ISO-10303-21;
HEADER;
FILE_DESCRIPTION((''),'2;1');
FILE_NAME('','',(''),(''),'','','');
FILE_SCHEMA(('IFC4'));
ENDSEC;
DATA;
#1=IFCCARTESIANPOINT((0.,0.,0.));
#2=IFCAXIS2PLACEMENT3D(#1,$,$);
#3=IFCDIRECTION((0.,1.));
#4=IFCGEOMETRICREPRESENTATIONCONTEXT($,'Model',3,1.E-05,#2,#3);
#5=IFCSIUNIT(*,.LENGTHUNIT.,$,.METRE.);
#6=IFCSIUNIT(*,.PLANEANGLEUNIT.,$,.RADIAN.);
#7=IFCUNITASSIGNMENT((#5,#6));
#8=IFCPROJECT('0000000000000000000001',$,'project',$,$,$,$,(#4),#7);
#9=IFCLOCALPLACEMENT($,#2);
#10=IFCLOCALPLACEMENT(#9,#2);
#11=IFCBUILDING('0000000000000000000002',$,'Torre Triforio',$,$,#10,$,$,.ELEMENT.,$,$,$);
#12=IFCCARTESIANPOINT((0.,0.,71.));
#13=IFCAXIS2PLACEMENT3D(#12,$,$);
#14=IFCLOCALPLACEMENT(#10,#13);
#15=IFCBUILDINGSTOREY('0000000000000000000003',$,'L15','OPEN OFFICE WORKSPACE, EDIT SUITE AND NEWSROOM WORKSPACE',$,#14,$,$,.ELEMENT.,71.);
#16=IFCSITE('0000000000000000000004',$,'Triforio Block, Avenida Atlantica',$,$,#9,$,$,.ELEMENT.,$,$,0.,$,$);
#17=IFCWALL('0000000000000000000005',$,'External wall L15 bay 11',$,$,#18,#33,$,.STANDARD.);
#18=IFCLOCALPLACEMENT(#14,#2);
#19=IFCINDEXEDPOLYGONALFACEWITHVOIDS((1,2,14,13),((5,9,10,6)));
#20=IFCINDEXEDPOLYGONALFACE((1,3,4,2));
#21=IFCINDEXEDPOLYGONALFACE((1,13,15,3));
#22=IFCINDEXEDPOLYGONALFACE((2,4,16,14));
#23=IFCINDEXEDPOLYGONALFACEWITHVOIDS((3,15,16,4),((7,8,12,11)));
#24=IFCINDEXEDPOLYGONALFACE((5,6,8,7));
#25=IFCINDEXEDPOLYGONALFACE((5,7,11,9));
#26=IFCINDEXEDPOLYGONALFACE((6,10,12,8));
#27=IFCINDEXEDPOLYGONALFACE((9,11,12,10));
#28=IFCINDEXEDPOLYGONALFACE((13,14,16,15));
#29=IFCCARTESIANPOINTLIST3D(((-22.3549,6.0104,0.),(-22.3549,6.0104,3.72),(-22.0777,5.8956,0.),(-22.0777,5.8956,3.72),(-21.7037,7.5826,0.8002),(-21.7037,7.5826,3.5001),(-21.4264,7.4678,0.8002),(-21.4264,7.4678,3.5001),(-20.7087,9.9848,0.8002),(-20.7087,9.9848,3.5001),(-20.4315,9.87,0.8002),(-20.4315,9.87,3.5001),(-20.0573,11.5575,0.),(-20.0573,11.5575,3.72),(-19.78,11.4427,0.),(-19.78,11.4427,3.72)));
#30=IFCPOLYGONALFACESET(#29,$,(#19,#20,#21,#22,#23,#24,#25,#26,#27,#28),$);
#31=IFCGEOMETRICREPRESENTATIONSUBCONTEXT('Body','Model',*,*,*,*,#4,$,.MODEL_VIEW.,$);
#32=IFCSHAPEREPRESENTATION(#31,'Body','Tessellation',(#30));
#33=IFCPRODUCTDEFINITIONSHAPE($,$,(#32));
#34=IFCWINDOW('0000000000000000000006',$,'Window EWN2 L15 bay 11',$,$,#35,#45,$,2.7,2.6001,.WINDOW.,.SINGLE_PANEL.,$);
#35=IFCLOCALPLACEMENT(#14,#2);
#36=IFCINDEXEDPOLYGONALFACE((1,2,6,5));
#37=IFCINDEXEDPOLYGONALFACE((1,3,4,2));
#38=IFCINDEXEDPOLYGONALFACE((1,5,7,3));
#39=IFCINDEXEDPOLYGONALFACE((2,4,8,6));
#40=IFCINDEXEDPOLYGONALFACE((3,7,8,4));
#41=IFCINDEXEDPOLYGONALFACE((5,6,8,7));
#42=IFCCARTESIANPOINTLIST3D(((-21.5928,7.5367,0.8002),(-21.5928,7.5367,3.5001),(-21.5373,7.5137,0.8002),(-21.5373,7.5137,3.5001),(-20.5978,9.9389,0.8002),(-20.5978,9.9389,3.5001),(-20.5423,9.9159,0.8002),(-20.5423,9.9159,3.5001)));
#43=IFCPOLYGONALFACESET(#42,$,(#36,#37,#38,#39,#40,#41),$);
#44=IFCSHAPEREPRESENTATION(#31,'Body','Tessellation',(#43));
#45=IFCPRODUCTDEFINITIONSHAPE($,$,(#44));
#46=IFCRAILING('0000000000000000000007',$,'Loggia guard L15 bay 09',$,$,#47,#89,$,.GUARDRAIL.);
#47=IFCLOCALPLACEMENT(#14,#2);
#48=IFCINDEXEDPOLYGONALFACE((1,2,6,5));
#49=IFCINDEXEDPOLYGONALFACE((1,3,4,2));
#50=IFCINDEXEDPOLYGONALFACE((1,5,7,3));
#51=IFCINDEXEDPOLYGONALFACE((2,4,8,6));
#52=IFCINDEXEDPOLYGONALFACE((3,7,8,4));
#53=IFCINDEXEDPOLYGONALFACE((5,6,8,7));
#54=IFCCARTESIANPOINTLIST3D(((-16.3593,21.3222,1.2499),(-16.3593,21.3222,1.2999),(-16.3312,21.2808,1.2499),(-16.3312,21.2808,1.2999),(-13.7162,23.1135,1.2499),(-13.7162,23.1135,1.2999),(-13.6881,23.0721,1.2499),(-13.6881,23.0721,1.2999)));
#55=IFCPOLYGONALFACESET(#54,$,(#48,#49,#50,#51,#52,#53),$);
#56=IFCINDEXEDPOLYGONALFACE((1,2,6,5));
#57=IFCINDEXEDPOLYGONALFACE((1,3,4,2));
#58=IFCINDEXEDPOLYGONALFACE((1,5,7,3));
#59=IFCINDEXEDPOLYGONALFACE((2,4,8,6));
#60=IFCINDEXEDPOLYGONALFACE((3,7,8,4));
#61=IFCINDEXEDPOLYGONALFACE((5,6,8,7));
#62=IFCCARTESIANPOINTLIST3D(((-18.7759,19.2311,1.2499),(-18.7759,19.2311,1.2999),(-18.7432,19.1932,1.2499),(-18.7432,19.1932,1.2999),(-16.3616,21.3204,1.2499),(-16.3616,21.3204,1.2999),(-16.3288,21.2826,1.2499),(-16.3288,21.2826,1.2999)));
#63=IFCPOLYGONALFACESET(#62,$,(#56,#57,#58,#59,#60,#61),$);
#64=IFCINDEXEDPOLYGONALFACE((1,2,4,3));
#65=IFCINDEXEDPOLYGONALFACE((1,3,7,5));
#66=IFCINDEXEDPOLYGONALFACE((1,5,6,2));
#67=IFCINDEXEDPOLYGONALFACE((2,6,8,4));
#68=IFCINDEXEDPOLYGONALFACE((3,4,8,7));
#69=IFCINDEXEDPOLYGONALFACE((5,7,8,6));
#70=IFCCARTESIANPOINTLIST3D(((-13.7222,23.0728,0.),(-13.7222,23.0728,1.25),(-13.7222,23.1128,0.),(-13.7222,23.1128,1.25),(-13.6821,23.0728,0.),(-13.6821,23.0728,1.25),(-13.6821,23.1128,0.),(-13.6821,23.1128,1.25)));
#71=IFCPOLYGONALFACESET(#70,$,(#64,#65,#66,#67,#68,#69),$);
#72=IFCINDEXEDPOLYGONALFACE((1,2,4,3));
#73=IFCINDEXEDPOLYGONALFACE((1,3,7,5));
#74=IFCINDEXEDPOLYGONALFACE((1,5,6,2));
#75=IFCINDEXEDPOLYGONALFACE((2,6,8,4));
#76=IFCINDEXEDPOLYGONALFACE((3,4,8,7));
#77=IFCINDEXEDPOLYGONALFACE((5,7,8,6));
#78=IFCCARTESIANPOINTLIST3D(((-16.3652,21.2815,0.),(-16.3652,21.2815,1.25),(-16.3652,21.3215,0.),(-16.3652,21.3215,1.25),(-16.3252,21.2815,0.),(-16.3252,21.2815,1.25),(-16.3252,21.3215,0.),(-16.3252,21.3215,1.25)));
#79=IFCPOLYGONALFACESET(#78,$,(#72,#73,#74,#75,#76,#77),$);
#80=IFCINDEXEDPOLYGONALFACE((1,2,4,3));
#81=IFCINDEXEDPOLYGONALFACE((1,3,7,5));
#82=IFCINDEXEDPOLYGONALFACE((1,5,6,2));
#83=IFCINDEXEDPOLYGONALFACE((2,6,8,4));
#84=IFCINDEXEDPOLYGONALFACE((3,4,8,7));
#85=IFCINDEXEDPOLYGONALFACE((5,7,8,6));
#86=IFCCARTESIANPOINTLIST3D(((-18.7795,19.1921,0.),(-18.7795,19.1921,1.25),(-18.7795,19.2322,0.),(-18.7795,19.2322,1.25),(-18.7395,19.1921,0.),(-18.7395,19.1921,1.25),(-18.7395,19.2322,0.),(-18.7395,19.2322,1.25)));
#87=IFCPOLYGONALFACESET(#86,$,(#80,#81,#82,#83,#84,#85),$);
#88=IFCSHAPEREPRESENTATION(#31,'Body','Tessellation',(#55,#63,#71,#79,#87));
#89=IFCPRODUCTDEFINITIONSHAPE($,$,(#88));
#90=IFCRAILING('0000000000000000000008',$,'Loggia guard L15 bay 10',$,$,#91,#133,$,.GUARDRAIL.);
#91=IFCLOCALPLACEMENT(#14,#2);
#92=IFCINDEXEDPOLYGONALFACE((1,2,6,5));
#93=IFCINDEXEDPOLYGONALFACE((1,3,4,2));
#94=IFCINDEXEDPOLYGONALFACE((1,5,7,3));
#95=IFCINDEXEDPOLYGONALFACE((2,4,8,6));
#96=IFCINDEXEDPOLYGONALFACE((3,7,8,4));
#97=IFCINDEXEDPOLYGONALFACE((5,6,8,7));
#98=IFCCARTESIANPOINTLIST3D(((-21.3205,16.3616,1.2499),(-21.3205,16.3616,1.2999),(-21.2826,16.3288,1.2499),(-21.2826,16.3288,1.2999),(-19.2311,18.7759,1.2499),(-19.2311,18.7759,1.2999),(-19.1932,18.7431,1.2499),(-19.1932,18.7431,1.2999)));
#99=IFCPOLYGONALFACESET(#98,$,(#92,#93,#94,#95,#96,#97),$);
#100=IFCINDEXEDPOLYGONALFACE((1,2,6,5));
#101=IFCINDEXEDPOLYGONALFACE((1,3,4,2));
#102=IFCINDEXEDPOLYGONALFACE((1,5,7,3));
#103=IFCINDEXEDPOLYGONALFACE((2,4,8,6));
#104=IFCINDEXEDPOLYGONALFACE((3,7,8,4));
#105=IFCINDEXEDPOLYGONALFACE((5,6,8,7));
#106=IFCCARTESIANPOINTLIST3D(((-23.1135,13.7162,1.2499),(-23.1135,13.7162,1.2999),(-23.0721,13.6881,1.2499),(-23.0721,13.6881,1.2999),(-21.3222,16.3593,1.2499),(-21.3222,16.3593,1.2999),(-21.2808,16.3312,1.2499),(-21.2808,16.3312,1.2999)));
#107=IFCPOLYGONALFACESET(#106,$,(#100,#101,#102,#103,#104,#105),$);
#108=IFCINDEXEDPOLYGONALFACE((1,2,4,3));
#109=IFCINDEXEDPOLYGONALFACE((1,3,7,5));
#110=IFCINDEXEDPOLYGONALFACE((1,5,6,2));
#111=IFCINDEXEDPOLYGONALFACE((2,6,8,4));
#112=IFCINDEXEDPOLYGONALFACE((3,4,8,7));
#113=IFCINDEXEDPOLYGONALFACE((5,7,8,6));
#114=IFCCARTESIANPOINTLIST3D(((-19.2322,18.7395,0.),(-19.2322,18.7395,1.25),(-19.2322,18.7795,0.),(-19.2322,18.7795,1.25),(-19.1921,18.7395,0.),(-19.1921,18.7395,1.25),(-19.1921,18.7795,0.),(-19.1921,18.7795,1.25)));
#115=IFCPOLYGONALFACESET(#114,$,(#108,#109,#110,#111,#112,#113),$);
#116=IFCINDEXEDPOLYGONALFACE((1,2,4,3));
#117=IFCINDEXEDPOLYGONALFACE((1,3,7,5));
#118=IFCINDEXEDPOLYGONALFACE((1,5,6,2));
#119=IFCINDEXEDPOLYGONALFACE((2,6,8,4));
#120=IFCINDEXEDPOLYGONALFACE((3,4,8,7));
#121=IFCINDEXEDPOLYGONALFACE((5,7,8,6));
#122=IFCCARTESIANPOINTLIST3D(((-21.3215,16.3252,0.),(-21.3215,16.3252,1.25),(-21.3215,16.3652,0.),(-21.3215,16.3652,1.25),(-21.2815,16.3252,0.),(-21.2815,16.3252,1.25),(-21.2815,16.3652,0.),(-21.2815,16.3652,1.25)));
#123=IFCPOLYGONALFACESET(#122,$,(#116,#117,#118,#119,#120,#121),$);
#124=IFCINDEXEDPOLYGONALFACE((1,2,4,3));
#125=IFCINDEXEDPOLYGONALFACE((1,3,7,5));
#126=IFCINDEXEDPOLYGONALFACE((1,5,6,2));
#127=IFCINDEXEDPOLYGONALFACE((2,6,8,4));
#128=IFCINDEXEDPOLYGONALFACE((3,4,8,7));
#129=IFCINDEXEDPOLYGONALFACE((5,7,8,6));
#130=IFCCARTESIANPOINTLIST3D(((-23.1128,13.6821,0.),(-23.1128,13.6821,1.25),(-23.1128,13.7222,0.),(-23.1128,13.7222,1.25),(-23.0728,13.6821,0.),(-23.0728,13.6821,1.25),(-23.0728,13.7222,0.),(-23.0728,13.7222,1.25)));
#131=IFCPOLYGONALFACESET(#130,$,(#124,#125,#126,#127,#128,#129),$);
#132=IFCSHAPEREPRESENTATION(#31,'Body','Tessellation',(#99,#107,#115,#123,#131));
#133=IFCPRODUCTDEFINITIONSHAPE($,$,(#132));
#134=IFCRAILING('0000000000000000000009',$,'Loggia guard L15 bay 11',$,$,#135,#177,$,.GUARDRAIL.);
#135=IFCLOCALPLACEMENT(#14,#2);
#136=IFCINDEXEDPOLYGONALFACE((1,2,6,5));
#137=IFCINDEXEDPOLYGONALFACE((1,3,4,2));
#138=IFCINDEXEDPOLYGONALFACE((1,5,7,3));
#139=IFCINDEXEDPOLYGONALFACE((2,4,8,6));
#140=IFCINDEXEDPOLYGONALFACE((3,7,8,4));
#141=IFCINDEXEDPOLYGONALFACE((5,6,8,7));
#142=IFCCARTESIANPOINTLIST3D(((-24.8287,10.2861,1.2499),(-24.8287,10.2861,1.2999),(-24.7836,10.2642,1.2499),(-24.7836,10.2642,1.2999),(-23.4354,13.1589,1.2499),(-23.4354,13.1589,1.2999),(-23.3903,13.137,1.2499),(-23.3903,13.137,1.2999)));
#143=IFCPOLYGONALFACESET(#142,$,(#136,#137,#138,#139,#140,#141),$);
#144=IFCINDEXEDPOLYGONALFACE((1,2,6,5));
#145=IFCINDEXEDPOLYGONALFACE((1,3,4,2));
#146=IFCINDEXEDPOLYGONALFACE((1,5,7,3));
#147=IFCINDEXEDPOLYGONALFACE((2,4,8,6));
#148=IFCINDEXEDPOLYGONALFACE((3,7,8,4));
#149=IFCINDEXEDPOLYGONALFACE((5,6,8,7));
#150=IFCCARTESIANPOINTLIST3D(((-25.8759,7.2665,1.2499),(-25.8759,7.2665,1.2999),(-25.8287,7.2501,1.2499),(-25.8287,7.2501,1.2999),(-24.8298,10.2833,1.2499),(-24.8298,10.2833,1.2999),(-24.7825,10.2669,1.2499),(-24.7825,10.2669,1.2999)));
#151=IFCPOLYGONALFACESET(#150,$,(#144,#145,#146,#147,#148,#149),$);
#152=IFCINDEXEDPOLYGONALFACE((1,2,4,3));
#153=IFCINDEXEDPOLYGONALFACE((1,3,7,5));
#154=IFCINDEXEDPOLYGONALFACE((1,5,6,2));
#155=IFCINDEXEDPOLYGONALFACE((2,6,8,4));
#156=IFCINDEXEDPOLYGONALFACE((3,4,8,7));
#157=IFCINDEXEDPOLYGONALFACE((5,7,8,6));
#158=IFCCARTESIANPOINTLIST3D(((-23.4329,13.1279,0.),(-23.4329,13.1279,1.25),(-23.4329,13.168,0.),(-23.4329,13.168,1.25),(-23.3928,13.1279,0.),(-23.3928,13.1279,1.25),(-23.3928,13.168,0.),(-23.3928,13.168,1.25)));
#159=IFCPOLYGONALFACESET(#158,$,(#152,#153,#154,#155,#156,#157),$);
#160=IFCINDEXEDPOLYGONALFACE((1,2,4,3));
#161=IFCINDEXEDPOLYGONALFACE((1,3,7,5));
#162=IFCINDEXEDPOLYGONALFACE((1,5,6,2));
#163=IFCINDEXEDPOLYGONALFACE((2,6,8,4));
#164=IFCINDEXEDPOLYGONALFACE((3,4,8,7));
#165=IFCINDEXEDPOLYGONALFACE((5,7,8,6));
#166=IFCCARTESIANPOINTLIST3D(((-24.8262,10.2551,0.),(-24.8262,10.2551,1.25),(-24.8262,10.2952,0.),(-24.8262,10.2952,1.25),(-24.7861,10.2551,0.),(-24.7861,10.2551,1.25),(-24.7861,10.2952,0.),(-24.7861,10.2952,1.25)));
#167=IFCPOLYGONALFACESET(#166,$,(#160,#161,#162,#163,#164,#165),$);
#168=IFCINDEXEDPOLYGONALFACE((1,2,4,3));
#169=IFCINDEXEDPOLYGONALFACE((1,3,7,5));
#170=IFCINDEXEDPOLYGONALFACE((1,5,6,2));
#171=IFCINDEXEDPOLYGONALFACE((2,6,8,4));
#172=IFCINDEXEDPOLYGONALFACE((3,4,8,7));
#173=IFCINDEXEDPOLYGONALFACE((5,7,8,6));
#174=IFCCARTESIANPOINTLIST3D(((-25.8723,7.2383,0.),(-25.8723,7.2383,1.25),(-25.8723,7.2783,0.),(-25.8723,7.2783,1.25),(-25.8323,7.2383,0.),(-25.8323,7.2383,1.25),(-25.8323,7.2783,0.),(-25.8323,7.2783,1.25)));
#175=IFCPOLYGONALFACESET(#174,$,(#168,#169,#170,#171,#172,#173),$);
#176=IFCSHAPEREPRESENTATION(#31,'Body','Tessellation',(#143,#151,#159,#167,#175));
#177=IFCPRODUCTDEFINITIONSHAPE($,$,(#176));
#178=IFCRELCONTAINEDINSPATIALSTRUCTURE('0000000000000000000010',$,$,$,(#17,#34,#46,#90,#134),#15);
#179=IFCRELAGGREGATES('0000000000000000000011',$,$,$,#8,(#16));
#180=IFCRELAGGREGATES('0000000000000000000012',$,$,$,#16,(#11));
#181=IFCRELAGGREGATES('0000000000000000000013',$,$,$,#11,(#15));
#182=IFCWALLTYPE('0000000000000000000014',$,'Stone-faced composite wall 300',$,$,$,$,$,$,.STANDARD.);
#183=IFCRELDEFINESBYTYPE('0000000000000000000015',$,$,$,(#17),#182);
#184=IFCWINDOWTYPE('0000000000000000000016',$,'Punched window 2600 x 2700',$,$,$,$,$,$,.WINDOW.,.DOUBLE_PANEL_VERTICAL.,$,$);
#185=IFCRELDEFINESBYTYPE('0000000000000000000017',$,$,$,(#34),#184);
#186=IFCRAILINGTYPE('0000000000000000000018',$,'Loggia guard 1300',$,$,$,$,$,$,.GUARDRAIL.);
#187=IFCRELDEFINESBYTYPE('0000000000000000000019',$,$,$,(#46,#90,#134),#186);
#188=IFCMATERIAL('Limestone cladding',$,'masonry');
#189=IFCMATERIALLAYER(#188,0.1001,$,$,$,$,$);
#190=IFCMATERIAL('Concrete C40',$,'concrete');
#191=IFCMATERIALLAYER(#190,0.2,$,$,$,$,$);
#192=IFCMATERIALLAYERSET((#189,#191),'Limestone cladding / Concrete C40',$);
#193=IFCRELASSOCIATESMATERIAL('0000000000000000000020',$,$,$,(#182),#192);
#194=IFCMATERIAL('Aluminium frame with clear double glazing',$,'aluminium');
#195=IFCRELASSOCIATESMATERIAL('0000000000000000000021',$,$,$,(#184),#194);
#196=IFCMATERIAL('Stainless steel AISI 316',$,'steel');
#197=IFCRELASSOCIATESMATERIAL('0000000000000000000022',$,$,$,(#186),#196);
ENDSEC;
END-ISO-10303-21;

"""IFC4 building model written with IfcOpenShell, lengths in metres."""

from ifc_helpers import new_model, si_unit, direction, frame, frame_2d, origin, origin_2d, place, context, subcontext, project, spatial, rectangle, extrude, material, layer, layer_set, type_object, element, fill, save


model = new_model("IFC4")

# Units and contexts
model_context = context("Model", 3, precision=1e-05, world=origin(), true_north=direction((0.0, 1.0)))
body_context = subcontext(model_context, "Body", "Model", "MODEL_VIEW")
ifc_project = project(units=[si_unit("LENGTHUNIT", "METRE"), si_unit("PLANEANGLEUNIT", "RADIAN")], contexts=[model_context])

# Site, building, storey
site_placement = place(None, origin())
site = spatial("IfcSite", under=ifc_project, at=site_placement, Name="Triforio Block, Avenida Atlantica", CompositionType="ELEMENT", RefElevation=0.0)
building_placement = place(site_placement, origin())
building = spatial("IfcBuilding", under=site, at=building_placement, Name="Torre Triforio", CompositionType="ELEMENT")
storey_placement = place(building_placement, frame((0.0, 0.0, 71.0)))
storey = spatial("IfcBuildingStorey", under=building, at=storey_placement, Name="L15", Description="OPEN OFFICE WORKSPACE, EDIT SUITE AND NEWSROOM WORKSPACE", CompositionType="ELEMENT", Elevation=71.0)

# Shared definitions
ifc_material_1 = material(Name="Limestone cladding", Category="masonry")
ifc_material_2 = material(Name="Concrete C40", Category="concrete")

# Shared definitions
ifc_layer_1 = layer(ifc_material_1, 0.1001)
ifc_layer_2 = layer(ifc_material_2, 0.2)
ifc_layer_set_1 = layer_set([ifc_layer_1, ifc_layer_2], Name="Limestone cladding / Concrete C40")
wall_type_1 = type_object("IfcWallType", Name="Stone-faced composite wall 300", PredefinedType="STANDARD", material=ifc_layer_set_1)
ifc_material_3 = material(Name="Aluminium frame with clear double glazing", Category="aluminium")
window_type_1 = type_object("IfcWindowType", Name="Punched window 2600 x 2700", PartitioningType="DOUBLE_PANEL_VERTICAL", PredefinedType="WINDOW", material=ifc_material_3)

# Wall, opening, window
wall_1_placement = place(storey_placement, frame((-19.9187, 11.5, 0.0), z_axis=(0.0, 0.0, 1.0), x_axis=(-0.382671, -0.923885, 0.0)))
wall_1 = element("IfcWall", 1, at=wall_1_placement, inside=storey, type_object=wall_type_1, Name="External wall L15 bay 11", PredefinedType="STANDARD", context=body_context, shape_type="SweptSolid", body=[
    extrude(rectangle(XDim=6.0042, YDim=0.3, at=frame_2d((3.002, 0.0))), origin(), (0.0, 0.0, 1.0), 3.72),
])
opening_1_placement = place(wall_1_placement, frame((1.7021, 0.0, 0.8)))
opening_1 = element("IfcOpeningElement", 2, at=opening_1_placement, cuts=wall_1, PredefinedType="OPENING", context=body_context, shape_type="SweptSolid", body=[
    extrude(rectangle(XDim=2.6001, YDim=2.7, at=frame_2d((1.3, 1.3501))), frame((0.0, 0.1599, 0.0), z_axis=(0.0, -1.0, 0.0), x_axis=(1.0, 0.0, 0.0)), (0.0, 0.0, 1.0), 0.3201),
])
window_1_placement = place(opening_1_placement, origin())
window_1 = element("IfcWindow", 3, at=window_1_placement, inside=storey, type_object=window_type_1, Name="Window EWN2 L15 bay 11", OverallHeight=2.7, OverallWidth=2.6001, PartitioningType="SINGLE_PANEL", PredefinedType="WINDOW", context=body_context, shape_type="SweptSolid", body=[
    extrude(rectangle(XDim=2.6001, YDim=2.7, at=frame_2d((1.3, 1.3501))), frame((0.0, 0.03, 0.0), z_axis=(0.0, -1.0, 0.0), x_axis=(1.0, 0.0, 0.0)), (0.0, 0.0, 1.0), 0.0601),
])
fill(opening_1, window_1)

# Railings
ifc_material_4 = material(Name="Stainless steel AISI 316", Category="steel")
railing_type = type_object("IfcRailingType", Name="Loggia guard 1300", PredefinedType="GUARDRAIL", material=ifc_material_4)
railing_1_placement = place(storey_placement, frame((-13.7021, 23.0928, 0.0)))
element("IfcRailing", 4, at=railing_1_placement, inside=storey, type_object=railing_type, Name="Loggia guard L15 bay 09", PredefinedType="GUARDRAIL", context=body_context, shape_type="SweptSolid", body=[
    extrude(rectangle(XDim=0.05, YDim=0.05, at=origin_2d()), frame((0.0, 0.0, 1.2749), z_axis=(-0.827803, -0.561019, 0.0), x_axis=(0.561019, -0.827803, 0.0)), (0.0, 0.0, 1.0), 3.1929),
    extrude(rectangle(XDim=0.05, YDim=0.05, at=origin_2d()), frame((-2.6431, -1.7913, 1.2749), z_axis=(-0.756161, -0.654386, 0.0), x_axis=(0.654386, -0.756161, 0.0)), (0.0, 0.0, 1.0), 3.1929),
    extrude(rectangle(XDim=0.04, YDim=0.04, at=origin_2d()), origin(), (0.0, 0.0, 1.0), 1.25),
    extrude(rectangle(XDim=0.04, YDim=0.04, at=origin_2d()), frame((-2.6431, -1.7913, 0.0)), (0.0, 0.0, 1.0), 1.25),
    extrude(rectangle(XDim=0.04, YDim=0.04, at=origin_2d()), frame((-5.0574, -3.8806, 0.0)), (0.0, 0.0, 1.0), 1.25),
])
railing_2_placement = place(storey_placement, frame((-19.2122, 18.7595, 0.0)))
element("IfcRailing", 5, at=railing_2_placement, inside=storey, type_object=railing_type, Name="Loggia guard L15 bay 10", PredefinedType="GUARDRAIL", context=body_context, shape_type="SweptSolid", body=[
    extrude(rectangle(XDim=0.05, YDim=0.05, at=origin_2d()), frame((0.0, 0.0, 1.2749), z_axis=(-0.654386, -0.756161, 0.0), x_axis=(0.756161, -0.654386, 0.0)), (0.0, 0.0, 1.0), 3.1929),
    extrude(rectangle(XDim=0.05, YDim=0.05, at=origin_2d()), frame((-2.0894, -2.4143, 1.2749), z_axis=(-0.561019, -0.827803, 0.0), x_axis=(0.827803, -0.561019, 0.0)), (0.0, 0.0, 1.0), 3.1929),
    extrude(rectangle(XDim=0.04, YDim=0.04, at=origin_2d()), origin(), (0.0, 0.0, 1.0), 1.25),
    extrude(rectangle(XDim=0.04, YDim=0.04, at=origin_2d()), frame((-2.0894, -2.4143, 0.0)), (0.0, 0.0, 1.0), 1.25),
    extrude(rectangle(XDim=0.04, YDim=0.04, at=origin_2d()), frame((-3.8806, -5.0574, 0.0)), (0.0, 0.0, 1.0), 1.25),
])
railing_3_placement = place(storey_placement, frame((-23.4128, 13.1479, 0.0)))
element("IfcRailing", 6, at=railing_3_placement, inside=storey, type_object=railing_type, Name="Loggia guard L15 bay 11", PredefinedType="GUARDRAIL", context=body_context, shape_type="SweptSolid", body=[
    extrude(rectangle(XDim=0.05, YDim=0.05, at=origin_2d()), frame((0.0, 0.0, 1.2749), z_axis=(-0.436384, -0.89976, 0.0), x_axis=(0.89976, -0.436384, 0.0)), (0.0, 0.0, 1.0), 3.1929),
    extrude(rectangle(XDim=0.05, YDim=0.05, at=origin_2d()), frame((-1.3933, -2.8728, 1.2749), z_axis=(-0.327628, -0.944807, 0.0), x_axis=(0.944807, -0.327628, 0.0)), (0.0, 0.0, 1.0), 3.1931),
    extrude(rectangle(XDim=0.04, YDim=0.04, at=origin_2d()), origin(), (0.0, 0.0, 1.0), 1.25),
    extrude(rectangle(XDim=0.04, YDim=0.04, at=origin_2d()), frame((-1.3933, -2.8728, 0.0)), (0.0, 0.0, 1.0), 1.25),
    extrude(rectangle(XDim=0.04, YDim=0.04, at=origin_2d()), frame((-2.4395, -5.8896, 0.0)), (0.0, 0.0, 1.0), 1.25),
])

save(model, "model.ifc")
